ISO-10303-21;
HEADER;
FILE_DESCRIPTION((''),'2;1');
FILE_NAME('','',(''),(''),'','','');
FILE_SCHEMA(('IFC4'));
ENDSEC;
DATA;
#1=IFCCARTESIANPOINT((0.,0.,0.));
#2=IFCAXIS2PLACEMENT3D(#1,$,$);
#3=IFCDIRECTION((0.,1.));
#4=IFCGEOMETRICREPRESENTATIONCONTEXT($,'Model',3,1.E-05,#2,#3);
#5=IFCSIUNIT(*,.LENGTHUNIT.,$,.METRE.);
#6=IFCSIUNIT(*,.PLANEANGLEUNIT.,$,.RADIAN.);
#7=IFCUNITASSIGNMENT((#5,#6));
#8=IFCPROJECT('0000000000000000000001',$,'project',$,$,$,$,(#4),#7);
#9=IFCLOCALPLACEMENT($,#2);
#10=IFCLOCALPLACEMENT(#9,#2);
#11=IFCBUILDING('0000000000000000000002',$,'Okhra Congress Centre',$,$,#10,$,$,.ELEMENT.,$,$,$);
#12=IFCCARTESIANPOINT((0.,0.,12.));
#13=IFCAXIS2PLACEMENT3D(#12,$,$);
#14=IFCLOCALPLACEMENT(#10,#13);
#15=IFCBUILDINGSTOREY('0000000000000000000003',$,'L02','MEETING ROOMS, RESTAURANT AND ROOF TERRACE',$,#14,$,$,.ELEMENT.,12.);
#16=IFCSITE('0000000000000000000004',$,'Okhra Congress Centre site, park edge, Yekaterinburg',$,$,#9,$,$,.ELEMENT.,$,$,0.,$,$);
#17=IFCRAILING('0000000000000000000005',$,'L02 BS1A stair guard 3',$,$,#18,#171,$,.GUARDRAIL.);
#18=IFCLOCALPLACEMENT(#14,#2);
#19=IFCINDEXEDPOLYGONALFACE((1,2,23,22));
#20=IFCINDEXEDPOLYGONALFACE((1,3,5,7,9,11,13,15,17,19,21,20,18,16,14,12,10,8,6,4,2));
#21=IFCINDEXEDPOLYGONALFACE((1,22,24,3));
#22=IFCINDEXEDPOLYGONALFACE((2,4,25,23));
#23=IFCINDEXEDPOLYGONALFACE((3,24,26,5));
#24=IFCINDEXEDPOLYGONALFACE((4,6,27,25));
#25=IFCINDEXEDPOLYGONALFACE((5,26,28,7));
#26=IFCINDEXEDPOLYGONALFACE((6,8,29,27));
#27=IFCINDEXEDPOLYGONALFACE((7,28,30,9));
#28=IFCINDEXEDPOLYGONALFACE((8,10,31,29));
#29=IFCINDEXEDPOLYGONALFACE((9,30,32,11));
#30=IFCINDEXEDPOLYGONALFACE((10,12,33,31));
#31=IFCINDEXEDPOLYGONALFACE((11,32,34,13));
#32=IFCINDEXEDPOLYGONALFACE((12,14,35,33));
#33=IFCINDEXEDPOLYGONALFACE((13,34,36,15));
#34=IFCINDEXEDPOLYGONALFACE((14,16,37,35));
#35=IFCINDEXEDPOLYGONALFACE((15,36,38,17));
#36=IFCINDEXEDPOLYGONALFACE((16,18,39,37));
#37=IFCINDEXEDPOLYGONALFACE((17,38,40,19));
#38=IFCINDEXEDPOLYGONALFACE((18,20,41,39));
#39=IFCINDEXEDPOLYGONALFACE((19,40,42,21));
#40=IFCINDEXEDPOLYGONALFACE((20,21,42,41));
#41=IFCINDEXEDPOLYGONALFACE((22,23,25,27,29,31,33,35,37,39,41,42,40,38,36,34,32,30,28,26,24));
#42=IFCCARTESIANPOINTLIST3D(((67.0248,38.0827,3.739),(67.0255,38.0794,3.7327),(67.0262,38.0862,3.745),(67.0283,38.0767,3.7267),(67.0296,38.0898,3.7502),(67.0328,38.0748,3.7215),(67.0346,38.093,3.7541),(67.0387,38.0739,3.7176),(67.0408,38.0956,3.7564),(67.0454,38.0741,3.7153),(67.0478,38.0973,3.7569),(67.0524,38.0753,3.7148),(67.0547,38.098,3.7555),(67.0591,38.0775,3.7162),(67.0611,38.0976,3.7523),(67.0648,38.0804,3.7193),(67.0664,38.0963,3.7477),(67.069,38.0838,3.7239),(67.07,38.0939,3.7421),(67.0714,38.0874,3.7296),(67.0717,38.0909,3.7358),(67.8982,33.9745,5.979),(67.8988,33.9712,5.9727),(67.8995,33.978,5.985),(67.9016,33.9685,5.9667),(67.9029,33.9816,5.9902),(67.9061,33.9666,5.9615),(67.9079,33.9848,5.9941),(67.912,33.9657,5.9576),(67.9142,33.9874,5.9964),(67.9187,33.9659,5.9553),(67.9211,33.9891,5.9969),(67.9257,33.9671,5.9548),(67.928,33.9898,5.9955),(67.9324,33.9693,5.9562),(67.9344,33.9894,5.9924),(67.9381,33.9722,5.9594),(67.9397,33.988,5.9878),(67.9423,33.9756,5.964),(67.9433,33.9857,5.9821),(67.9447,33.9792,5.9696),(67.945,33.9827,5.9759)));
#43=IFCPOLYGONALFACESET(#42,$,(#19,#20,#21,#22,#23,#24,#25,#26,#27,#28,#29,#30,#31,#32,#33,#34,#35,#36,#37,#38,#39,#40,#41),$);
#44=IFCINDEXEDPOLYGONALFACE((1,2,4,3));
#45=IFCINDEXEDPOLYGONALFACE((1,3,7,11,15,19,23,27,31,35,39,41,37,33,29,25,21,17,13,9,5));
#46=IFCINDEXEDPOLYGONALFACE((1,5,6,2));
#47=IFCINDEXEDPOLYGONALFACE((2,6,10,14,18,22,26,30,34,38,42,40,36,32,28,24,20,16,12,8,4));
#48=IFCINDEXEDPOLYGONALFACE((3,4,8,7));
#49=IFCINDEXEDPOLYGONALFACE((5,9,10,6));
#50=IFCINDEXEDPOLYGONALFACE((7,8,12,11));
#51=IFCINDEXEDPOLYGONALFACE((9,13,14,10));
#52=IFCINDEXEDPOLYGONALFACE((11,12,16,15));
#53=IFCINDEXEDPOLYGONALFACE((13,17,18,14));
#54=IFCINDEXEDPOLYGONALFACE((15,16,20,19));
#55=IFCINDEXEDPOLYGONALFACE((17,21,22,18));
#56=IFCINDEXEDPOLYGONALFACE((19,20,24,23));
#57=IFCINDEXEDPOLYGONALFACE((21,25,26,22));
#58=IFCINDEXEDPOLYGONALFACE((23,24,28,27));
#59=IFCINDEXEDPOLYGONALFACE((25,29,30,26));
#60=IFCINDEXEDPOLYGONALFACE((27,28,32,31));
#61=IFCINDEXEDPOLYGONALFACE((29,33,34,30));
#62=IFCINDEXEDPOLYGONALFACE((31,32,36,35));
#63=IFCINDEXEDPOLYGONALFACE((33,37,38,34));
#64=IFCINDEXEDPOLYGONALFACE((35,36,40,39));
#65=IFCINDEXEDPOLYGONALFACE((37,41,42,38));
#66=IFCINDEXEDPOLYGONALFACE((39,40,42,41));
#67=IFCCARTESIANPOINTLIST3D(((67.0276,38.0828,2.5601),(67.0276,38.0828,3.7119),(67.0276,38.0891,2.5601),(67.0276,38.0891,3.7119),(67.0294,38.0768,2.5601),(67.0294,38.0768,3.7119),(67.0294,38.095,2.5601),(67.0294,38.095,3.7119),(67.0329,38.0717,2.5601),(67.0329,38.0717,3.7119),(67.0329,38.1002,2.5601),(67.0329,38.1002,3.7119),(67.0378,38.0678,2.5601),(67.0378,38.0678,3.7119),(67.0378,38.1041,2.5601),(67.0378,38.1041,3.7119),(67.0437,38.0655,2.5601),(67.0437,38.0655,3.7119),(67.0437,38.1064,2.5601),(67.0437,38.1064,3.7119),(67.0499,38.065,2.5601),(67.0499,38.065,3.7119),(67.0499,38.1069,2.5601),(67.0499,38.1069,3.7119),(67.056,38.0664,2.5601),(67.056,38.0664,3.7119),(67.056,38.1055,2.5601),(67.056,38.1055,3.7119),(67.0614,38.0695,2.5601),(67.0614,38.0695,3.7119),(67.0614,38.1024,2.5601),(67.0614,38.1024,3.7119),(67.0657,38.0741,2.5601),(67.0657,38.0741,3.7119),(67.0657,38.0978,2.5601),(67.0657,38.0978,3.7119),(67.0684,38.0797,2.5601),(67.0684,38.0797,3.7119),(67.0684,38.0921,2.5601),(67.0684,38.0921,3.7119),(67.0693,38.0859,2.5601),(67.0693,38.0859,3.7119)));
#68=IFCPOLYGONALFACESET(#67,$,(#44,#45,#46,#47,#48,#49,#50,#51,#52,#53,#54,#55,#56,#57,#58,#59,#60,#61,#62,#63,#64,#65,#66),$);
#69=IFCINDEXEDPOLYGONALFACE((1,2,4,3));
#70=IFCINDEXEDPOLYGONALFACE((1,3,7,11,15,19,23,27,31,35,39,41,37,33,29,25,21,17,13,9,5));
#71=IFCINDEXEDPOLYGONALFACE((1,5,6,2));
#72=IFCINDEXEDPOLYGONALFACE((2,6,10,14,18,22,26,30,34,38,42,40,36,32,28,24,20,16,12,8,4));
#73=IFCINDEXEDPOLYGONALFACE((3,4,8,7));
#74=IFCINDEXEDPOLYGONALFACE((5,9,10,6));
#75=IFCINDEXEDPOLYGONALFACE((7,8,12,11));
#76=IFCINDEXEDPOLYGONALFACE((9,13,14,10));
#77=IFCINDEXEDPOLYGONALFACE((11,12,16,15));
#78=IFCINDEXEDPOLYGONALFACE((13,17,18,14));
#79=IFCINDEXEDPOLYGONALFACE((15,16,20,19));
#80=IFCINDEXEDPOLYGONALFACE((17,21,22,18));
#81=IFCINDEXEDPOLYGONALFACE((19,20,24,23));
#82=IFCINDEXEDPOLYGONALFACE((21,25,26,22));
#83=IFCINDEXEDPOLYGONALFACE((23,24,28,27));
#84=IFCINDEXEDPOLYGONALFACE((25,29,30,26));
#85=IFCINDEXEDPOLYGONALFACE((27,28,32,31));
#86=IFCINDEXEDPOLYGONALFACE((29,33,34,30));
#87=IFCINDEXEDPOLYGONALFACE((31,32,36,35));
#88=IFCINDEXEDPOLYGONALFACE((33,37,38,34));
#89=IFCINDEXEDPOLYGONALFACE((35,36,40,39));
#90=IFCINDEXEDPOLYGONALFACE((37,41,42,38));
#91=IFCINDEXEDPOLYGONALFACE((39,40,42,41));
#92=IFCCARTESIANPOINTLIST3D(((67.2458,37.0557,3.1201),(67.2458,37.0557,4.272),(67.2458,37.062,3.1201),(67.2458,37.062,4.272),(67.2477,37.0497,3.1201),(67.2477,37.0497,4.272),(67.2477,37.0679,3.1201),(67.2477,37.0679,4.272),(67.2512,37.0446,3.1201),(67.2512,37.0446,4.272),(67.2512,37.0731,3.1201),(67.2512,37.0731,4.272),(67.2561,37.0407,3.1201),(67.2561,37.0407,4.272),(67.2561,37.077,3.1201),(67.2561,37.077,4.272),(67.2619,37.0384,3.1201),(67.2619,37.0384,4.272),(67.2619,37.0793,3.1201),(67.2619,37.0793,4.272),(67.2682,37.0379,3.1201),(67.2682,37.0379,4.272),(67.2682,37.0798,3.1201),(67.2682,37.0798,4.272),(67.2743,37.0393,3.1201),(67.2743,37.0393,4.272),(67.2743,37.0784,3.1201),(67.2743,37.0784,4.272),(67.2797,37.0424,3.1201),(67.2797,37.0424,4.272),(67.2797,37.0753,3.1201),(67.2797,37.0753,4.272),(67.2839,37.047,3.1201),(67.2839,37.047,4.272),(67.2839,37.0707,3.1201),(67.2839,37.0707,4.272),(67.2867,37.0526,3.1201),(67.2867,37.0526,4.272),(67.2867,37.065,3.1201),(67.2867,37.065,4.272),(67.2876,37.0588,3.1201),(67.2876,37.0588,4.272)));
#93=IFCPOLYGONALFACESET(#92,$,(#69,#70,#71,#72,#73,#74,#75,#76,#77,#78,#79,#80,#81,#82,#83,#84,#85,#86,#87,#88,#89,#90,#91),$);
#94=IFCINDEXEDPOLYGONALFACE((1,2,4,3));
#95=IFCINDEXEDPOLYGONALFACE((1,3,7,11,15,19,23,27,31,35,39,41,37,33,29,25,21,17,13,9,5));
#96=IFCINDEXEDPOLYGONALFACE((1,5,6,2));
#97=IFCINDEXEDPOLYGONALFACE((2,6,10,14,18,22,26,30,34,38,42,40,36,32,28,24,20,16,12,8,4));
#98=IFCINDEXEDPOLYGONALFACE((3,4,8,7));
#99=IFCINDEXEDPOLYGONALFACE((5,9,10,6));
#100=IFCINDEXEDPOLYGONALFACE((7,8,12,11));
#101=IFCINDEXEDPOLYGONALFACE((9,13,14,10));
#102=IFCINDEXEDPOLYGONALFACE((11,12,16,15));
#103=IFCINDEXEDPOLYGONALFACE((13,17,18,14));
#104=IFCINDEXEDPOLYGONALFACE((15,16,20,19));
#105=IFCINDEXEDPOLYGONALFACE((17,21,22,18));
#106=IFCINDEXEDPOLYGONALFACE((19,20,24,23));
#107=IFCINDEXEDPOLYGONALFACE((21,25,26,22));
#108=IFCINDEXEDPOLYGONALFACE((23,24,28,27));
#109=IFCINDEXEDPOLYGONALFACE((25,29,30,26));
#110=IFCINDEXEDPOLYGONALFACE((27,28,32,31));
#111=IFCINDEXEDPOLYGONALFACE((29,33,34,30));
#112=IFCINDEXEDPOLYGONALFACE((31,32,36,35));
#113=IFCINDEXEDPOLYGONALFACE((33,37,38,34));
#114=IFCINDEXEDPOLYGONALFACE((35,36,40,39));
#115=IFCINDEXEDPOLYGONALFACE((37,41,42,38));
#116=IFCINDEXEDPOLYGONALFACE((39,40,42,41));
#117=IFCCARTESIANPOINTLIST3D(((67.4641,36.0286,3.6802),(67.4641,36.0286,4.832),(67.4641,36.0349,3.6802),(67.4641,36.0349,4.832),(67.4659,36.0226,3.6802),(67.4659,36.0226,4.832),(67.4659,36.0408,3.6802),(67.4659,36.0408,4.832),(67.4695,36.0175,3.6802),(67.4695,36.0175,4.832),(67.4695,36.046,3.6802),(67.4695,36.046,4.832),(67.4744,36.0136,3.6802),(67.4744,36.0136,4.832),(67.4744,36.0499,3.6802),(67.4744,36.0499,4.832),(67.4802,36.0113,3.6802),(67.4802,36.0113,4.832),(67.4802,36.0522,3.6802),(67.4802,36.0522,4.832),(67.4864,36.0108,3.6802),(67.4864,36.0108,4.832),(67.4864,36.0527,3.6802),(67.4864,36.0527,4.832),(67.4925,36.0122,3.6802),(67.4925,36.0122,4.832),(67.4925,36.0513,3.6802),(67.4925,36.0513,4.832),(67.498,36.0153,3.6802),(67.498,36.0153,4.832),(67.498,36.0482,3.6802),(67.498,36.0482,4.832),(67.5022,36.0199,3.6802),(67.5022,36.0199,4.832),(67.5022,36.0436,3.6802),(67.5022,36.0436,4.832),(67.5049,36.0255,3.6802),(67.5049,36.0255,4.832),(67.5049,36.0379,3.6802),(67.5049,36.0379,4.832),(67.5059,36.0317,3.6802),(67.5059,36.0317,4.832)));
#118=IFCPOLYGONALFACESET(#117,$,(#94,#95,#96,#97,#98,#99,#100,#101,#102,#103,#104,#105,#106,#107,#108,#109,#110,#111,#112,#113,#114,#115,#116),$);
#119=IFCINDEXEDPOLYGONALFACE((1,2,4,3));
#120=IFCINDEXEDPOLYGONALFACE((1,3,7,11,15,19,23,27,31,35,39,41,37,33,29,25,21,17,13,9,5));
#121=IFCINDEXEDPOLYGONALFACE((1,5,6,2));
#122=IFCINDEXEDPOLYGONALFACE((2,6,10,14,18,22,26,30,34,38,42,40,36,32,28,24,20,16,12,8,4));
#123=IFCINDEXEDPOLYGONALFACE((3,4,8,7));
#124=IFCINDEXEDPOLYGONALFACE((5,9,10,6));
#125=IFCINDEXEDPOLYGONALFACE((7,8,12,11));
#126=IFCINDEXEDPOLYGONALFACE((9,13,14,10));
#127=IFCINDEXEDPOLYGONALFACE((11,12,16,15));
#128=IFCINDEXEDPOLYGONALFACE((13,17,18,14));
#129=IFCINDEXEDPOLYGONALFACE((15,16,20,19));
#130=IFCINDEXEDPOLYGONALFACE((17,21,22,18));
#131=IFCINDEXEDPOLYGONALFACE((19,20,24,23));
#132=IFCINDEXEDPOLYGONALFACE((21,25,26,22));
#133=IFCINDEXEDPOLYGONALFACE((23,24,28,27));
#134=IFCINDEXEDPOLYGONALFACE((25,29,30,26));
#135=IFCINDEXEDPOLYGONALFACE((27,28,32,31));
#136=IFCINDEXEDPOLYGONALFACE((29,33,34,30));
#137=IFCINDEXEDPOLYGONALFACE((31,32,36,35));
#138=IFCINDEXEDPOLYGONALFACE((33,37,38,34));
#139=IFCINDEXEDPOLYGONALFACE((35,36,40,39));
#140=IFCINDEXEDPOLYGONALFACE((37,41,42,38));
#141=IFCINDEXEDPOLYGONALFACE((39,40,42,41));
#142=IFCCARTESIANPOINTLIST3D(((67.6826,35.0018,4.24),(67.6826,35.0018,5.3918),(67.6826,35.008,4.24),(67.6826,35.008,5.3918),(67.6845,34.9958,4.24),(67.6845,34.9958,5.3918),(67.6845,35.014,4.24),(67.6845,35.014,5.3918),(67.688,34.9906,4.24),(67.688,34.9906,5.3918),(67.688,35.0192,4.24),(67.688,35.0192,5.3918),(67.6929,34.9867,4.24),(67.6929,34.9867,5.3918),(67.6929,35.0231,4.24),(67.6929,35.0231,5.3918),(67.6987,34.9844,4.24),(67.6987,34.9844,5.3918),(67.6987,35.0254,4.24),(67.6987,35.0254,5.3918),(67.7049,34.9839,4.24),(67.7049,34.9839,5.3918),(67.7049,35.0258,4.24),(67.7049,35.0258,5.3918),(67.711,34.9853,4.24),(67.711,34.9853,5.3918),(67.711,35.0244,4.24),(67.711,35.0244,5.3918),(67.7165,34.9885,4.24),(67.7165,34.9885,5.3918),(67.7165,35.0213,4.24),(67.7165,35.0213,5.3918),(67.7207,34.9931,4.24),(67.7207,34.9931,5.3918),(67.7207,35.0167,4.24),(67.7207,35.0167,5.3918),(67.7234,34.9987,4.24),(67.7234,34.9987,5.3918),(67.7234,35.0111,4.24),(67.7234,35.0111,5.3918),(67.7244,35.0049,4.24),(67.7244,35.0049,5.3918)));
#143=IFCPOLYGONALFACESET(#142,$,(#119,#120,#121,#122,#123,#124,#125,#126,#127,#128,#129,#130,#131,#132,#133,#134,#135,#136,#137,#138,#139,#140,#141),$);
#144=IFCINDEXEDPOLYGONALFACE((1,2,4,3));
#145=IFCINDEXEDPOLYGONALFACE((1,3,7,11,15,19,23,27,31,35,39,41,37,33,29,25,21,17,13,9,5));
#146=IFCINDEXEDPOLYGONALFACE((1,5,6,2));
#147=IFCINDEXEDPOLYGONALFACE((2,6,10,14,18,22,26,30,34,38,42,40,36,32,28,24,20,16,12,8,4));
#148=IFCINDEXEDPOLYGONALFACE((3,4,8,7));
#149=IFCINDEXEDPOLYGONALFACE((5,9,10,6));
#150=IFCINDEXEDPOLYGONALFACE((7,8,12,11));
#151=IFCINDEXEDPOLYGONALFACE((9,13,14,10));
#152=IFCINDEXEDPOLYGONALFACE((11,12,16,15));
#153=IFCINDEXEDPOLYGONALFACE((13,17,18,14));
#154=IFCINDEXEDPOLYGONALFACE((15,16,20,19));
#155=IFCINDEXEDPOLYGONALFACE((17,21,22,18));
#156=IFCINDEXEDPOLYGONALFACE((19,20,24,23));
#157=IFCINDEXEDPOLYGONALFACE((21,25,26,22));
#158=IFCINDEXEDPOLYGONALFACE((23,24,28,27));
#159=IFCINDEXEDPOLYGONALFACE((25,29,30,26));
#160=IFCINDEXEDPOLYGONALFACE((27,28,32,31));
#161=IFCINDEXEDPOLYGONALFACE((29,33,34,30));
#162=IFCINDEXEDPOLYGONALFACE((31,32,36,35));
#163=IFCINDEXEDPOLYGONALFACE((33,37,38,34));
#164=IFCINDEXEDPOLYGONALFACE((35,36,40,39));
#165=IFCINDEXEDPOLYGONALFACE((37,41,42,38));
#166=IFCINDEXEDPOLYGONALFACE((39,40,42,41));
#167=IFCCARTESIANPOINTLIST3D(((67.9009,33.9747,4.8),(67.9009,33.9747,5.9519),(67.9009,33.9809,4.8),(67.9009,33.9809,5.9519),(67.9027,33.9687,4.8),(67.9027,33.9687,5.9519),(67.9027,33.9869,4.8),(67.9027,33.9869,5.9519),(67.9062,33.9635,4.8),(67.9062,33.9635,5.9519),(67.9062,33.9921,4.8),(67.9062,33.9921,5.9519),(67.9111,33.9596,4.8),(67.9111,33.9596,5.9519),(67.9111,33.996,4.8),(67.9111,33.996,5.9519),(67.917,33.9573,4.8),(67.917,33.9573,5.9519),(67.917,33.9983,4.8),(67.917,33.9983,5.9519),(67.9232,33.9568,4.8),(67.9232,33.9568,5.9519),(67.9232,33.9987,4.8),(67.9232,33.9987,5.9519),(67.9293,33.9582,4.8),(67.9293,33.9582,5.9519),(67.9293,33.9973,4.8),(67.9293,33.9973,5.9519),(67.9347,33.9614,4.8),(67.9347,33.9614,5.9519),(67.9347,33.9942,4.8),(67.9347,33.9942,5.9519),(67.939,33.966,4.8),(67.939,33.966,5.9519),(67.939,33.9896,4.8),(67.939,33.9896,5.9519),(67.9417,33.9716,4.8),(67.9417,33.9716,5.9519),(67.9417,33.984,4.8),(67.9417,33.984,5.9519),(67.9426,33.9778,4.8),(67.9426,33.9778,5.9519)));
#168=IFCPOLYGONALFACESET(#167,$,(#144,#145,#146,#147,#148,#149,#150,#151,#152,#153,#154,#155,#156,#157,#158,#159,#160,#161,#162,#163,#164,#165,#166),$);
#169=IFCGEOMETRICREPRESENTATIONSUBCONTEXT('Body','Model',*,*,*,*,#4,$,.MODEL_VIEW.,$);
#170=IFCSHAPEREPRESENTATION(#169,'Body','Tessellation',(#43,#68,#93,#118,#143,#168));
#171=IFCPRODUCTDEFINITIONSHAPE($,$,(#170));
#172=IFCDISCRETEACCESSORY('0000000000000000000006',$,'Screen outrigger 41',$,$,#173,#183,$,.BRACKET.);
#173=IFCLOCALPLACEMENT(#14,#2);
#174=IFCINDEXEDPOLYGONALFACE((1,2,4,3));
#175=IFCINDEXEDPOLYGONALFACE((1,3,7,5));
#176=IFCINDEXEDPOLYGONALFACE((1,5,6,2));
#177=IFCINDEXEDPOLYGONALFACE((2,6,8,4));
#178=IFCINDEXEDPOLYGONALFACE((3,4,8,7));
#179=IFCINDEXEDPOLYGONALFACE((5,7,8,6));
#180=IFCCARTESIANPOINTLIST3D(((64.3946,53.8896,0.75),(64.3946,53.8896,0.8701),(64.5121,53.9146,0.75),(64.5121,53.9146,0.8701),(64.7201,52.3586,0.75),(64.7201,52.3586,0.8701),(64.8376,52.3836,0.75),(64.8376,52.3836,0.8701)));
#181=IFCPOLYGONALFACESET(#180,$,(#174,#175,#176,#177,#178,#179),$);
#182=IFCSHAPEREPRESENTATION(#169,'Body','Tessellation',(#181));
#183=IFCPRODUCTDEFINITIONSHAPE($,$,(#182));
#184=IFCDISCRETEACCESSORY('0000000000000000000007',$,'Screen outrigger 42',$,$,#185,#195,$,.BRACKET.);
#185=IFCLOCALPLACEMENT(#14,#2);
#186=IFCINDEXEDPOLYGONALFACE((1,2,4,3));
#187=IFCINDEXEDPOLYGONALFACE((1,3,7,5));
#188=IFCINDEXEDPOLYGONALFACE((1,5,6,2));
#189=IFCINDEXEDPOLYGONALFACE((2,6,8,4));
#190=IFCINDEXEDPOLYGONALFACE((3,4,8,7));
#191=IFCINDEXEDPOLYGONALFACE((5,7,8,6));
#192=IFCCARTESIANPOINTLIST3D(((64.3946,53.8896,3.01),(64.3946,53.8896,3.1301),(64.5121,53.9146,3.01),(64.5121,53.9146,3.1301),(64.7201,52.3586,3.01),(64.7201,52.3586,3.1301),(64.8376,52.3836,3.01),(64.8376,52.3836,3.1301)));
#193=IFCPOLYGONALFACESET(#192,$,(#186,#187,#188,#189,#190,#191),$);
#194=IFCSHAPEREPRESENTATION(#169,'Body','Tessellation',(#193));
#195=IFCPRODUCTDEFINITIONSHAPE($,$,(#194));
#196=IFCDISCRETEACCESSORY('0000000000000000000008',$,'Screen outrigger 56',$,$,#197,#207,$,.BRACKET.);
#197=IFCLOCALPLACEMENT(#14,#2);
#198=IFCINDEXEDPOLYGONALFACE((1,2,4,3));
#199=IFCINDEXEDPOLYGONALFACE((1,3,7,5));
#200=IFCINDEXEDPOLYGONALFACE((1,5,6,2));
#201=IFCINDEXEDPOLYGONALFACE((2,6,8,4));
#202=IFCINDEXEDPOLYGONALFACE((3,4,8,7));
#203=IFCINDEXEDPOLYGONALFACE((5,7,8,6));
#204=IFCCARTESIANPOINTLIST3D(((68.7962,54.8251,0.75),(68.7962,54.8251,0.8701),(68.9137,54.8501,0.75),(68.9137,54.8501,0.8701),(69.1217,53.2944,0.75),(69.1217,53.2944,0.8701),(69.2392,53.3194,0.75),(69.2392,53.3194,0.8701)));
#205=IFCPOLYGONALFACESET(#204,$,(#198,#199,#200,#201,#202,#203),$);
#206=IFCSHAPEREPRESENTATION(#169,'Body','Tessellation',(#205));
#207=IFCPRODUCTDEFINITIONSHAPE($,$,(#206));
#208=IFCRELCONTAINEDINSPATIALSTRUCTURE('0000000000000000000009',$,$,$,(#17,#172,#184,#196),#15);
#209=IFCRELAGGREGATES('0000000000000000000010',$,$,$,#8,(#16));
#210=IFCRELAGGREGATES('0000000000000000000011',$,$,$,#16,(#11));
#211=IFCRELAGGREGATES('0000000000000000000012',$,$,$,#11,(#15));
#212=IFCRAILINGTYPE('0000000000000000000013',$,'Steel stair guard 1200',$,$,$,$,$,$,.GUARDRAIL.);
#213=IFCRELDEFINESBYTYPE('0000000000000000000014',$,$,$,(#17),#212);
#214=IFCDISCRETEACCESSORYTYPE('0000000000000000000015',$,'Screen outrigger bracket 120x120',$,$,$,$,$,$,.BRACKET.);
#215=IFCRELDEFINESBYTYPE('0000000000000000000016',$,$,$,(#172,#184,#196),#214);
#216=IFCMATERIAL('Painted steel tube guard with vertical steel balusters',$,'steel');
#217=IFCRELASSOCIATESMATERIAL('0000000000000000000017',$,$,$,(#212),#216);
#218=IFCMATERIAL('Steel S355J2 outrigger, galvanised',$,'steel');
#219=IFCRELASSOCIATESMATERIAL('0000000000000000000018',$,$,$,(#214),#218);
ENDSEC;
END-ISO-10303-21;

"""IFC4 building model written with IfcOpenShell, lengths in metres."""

from ifc_helpers import new_model, si_unit, direction, frame, origin, origin_2d, place, context, subcontext, project, spatial, rectangle, circle, extrude, material, material_profile, profile_set, type_object, element, save


model = new_model("IFC4")

# Units and contexts
model_context = context("Model", 3, precision=1e-05, world=origin(), true_north=direction((0.0, 1.0)))
body_context = subcontext(model_context, "Body", "Model", "MODEL_VIEW")
ifc_project = project(units=[si_unit("LENGTHUNIT", "METRE"), si_unit("PLANEANGLEUNIT", "RADIAN")], contexts=[model_context])

# Site, building, storey
site_placement = place(None, origin())
site = spatial("IfcSite", under=ifc_project, at=site_placement, Name="Okhra Congress Centre site, park edge, Yekaterinburg", CompositionType="ELEMENT", RefElevation=0.0)
building_placement = place(site_placement, origin())
building = spatial("IfcBuilding", under=site, at=building_placement, Name="Okhra Congress Centre", CompositionType="ELEMENT")
storey_placement = place(building_placement, frame((0.0, 0.0, 12.0)))
storey = spatial("IfcBuildingStorey", under=building, at=storey_placement, Name="L02", Description="MEETING ROOMS, RESTAURANT AND ROOF TERRACE", CompositionType="ELEMENT", Elevation=12.0)

# Railing
ifc_material_1 = material(Name="Painted steel tube guard with vertical steel balusters", Category="steel")
railing_type_1 = type_object("IfcRailingType", Name="Steel stair guard 1200", PredefinedType="GUARDRAIL", material=ifc_material_1)
railing_1_placement = place(storey_placement, frame((67.0483, 38.0859, 2.5601)))
element("IfcRailing", 1, at=railing_1_placement, inside=storey, type_object=railing_type_1, Name="L02 BS1A stair guard 3", PredefinedType="GUARDRAIL", context=body_context, shape_type="SweptSolid", body=[
    extrude(circle(Radius=0.0239, at=origin_2d()), frame((0.0, 0.0, 1.1758), z_axis=(0.183466, -0.863067, 0.470591), x_axis=(0.978144, 0.207929, 0.0)), (0.0, 0.0, 1.0), 4.76),
    extrude(circle(Radius=0.021, at=origin_2d()), origin(), (0.0, 0.0, 1.0), 1.1519),
    extrude(circle(Radius=0.021, at=origin_2d()), frame((0.2183, -1.0271, 0.5601)), (0.0, 0.0, 1.0), 1.1519),
    extrude(circle(Radius=0.021, at=origin_2d()), frame((0.4365, -2.0542, 1.1201)), (0.0, 0.0, 1.0), 1.1519),
    extrude(circle(Radius=0.021, at=origin_2d()), frame((0.655, -3.0811, 1.6799)), (0.0, 0.0, 1.0), 1.1519),
    extrude(circle(Radius=0.021, at=origin_2d()), frame((0.8733, -4.1082, 2.24)), (0.0, 0.0, 1.0), 1.1519),
])

# Discrete accessories
ifc_material_2 = material(Name="Steel S355J2 outrigger, galvanised", Category="steel")
ifc_material_profile_1 = material_profile(ifc_material_2, rectangle(XDim=0.1201, YDim=0.1201, at=origin_2d()), Name="Screen outrigger bracket 120x120")
ifc_profile_set_1 = profile_set([ifc_material_profile_1], Name="Steel S355J2 outrigger, galvanised")
discrete_accessory_type = type_object("IfcDiscreteAccessoryType", Name="Screen outrigger bracket 120x120", PredefinedType="BRACKET", material=ifc_profile_set_1)
for number, where, z_axis, x_axis, name in (
    (2, (64.7788, 52.3711, 0.8101), (-0.20792, 0.978146, 0.0), (-0.978146, -0.20792, 0.0), "Screen outrigger 41"),
    (3, (64.7788, 52.3711, 3.0701), (-0.20792, 0.978146, 0.0), (-0.978146, -0.20792, 0.0), "Screen outrigger 42"),
):
    element("IfcDiscreteAccessory", number, at=place(storey_placement, frame(where, z_axis=z_axis, x_axis=x_axis)), inside=storey, type_object=discrete_accessory_type, Name=name, PredefinedType="BRACKET", context=body_context, shape_type="SweptSolid", body=[
        extrude(rectangle(XDim=0.1201, YDim=0.1201, at=origin_2d()), origin(), (0.0, 0.0, 1.0), 1.5652),
    ])
for number, where, z_axis, x_axis, name in (
    (4, (69.1804, 53.3069, 0.8101), (-0.207952, 0.978139, 0.0), (-0.978139, -0.207952, 0.0), "Screen outrigger 56"),
):
    element("IfcDiscreteAccessory", number, at=place(storey_placement, frame(where, z_axis=z_axis, x_axis=x_axis)), inside=storey, type_object=discrete_accessory_type, Name=name, PredefinedType="BRACKET", context=body_context, shape_type="SweptSolid", body=[
        extrude(rectangle(XDim=0.1201, YDim=0.1201, at=origin_2d()), origin(), (0.0, 0.0, 1.0), 1.5649),
    ])

save(model, "model.ifc")
